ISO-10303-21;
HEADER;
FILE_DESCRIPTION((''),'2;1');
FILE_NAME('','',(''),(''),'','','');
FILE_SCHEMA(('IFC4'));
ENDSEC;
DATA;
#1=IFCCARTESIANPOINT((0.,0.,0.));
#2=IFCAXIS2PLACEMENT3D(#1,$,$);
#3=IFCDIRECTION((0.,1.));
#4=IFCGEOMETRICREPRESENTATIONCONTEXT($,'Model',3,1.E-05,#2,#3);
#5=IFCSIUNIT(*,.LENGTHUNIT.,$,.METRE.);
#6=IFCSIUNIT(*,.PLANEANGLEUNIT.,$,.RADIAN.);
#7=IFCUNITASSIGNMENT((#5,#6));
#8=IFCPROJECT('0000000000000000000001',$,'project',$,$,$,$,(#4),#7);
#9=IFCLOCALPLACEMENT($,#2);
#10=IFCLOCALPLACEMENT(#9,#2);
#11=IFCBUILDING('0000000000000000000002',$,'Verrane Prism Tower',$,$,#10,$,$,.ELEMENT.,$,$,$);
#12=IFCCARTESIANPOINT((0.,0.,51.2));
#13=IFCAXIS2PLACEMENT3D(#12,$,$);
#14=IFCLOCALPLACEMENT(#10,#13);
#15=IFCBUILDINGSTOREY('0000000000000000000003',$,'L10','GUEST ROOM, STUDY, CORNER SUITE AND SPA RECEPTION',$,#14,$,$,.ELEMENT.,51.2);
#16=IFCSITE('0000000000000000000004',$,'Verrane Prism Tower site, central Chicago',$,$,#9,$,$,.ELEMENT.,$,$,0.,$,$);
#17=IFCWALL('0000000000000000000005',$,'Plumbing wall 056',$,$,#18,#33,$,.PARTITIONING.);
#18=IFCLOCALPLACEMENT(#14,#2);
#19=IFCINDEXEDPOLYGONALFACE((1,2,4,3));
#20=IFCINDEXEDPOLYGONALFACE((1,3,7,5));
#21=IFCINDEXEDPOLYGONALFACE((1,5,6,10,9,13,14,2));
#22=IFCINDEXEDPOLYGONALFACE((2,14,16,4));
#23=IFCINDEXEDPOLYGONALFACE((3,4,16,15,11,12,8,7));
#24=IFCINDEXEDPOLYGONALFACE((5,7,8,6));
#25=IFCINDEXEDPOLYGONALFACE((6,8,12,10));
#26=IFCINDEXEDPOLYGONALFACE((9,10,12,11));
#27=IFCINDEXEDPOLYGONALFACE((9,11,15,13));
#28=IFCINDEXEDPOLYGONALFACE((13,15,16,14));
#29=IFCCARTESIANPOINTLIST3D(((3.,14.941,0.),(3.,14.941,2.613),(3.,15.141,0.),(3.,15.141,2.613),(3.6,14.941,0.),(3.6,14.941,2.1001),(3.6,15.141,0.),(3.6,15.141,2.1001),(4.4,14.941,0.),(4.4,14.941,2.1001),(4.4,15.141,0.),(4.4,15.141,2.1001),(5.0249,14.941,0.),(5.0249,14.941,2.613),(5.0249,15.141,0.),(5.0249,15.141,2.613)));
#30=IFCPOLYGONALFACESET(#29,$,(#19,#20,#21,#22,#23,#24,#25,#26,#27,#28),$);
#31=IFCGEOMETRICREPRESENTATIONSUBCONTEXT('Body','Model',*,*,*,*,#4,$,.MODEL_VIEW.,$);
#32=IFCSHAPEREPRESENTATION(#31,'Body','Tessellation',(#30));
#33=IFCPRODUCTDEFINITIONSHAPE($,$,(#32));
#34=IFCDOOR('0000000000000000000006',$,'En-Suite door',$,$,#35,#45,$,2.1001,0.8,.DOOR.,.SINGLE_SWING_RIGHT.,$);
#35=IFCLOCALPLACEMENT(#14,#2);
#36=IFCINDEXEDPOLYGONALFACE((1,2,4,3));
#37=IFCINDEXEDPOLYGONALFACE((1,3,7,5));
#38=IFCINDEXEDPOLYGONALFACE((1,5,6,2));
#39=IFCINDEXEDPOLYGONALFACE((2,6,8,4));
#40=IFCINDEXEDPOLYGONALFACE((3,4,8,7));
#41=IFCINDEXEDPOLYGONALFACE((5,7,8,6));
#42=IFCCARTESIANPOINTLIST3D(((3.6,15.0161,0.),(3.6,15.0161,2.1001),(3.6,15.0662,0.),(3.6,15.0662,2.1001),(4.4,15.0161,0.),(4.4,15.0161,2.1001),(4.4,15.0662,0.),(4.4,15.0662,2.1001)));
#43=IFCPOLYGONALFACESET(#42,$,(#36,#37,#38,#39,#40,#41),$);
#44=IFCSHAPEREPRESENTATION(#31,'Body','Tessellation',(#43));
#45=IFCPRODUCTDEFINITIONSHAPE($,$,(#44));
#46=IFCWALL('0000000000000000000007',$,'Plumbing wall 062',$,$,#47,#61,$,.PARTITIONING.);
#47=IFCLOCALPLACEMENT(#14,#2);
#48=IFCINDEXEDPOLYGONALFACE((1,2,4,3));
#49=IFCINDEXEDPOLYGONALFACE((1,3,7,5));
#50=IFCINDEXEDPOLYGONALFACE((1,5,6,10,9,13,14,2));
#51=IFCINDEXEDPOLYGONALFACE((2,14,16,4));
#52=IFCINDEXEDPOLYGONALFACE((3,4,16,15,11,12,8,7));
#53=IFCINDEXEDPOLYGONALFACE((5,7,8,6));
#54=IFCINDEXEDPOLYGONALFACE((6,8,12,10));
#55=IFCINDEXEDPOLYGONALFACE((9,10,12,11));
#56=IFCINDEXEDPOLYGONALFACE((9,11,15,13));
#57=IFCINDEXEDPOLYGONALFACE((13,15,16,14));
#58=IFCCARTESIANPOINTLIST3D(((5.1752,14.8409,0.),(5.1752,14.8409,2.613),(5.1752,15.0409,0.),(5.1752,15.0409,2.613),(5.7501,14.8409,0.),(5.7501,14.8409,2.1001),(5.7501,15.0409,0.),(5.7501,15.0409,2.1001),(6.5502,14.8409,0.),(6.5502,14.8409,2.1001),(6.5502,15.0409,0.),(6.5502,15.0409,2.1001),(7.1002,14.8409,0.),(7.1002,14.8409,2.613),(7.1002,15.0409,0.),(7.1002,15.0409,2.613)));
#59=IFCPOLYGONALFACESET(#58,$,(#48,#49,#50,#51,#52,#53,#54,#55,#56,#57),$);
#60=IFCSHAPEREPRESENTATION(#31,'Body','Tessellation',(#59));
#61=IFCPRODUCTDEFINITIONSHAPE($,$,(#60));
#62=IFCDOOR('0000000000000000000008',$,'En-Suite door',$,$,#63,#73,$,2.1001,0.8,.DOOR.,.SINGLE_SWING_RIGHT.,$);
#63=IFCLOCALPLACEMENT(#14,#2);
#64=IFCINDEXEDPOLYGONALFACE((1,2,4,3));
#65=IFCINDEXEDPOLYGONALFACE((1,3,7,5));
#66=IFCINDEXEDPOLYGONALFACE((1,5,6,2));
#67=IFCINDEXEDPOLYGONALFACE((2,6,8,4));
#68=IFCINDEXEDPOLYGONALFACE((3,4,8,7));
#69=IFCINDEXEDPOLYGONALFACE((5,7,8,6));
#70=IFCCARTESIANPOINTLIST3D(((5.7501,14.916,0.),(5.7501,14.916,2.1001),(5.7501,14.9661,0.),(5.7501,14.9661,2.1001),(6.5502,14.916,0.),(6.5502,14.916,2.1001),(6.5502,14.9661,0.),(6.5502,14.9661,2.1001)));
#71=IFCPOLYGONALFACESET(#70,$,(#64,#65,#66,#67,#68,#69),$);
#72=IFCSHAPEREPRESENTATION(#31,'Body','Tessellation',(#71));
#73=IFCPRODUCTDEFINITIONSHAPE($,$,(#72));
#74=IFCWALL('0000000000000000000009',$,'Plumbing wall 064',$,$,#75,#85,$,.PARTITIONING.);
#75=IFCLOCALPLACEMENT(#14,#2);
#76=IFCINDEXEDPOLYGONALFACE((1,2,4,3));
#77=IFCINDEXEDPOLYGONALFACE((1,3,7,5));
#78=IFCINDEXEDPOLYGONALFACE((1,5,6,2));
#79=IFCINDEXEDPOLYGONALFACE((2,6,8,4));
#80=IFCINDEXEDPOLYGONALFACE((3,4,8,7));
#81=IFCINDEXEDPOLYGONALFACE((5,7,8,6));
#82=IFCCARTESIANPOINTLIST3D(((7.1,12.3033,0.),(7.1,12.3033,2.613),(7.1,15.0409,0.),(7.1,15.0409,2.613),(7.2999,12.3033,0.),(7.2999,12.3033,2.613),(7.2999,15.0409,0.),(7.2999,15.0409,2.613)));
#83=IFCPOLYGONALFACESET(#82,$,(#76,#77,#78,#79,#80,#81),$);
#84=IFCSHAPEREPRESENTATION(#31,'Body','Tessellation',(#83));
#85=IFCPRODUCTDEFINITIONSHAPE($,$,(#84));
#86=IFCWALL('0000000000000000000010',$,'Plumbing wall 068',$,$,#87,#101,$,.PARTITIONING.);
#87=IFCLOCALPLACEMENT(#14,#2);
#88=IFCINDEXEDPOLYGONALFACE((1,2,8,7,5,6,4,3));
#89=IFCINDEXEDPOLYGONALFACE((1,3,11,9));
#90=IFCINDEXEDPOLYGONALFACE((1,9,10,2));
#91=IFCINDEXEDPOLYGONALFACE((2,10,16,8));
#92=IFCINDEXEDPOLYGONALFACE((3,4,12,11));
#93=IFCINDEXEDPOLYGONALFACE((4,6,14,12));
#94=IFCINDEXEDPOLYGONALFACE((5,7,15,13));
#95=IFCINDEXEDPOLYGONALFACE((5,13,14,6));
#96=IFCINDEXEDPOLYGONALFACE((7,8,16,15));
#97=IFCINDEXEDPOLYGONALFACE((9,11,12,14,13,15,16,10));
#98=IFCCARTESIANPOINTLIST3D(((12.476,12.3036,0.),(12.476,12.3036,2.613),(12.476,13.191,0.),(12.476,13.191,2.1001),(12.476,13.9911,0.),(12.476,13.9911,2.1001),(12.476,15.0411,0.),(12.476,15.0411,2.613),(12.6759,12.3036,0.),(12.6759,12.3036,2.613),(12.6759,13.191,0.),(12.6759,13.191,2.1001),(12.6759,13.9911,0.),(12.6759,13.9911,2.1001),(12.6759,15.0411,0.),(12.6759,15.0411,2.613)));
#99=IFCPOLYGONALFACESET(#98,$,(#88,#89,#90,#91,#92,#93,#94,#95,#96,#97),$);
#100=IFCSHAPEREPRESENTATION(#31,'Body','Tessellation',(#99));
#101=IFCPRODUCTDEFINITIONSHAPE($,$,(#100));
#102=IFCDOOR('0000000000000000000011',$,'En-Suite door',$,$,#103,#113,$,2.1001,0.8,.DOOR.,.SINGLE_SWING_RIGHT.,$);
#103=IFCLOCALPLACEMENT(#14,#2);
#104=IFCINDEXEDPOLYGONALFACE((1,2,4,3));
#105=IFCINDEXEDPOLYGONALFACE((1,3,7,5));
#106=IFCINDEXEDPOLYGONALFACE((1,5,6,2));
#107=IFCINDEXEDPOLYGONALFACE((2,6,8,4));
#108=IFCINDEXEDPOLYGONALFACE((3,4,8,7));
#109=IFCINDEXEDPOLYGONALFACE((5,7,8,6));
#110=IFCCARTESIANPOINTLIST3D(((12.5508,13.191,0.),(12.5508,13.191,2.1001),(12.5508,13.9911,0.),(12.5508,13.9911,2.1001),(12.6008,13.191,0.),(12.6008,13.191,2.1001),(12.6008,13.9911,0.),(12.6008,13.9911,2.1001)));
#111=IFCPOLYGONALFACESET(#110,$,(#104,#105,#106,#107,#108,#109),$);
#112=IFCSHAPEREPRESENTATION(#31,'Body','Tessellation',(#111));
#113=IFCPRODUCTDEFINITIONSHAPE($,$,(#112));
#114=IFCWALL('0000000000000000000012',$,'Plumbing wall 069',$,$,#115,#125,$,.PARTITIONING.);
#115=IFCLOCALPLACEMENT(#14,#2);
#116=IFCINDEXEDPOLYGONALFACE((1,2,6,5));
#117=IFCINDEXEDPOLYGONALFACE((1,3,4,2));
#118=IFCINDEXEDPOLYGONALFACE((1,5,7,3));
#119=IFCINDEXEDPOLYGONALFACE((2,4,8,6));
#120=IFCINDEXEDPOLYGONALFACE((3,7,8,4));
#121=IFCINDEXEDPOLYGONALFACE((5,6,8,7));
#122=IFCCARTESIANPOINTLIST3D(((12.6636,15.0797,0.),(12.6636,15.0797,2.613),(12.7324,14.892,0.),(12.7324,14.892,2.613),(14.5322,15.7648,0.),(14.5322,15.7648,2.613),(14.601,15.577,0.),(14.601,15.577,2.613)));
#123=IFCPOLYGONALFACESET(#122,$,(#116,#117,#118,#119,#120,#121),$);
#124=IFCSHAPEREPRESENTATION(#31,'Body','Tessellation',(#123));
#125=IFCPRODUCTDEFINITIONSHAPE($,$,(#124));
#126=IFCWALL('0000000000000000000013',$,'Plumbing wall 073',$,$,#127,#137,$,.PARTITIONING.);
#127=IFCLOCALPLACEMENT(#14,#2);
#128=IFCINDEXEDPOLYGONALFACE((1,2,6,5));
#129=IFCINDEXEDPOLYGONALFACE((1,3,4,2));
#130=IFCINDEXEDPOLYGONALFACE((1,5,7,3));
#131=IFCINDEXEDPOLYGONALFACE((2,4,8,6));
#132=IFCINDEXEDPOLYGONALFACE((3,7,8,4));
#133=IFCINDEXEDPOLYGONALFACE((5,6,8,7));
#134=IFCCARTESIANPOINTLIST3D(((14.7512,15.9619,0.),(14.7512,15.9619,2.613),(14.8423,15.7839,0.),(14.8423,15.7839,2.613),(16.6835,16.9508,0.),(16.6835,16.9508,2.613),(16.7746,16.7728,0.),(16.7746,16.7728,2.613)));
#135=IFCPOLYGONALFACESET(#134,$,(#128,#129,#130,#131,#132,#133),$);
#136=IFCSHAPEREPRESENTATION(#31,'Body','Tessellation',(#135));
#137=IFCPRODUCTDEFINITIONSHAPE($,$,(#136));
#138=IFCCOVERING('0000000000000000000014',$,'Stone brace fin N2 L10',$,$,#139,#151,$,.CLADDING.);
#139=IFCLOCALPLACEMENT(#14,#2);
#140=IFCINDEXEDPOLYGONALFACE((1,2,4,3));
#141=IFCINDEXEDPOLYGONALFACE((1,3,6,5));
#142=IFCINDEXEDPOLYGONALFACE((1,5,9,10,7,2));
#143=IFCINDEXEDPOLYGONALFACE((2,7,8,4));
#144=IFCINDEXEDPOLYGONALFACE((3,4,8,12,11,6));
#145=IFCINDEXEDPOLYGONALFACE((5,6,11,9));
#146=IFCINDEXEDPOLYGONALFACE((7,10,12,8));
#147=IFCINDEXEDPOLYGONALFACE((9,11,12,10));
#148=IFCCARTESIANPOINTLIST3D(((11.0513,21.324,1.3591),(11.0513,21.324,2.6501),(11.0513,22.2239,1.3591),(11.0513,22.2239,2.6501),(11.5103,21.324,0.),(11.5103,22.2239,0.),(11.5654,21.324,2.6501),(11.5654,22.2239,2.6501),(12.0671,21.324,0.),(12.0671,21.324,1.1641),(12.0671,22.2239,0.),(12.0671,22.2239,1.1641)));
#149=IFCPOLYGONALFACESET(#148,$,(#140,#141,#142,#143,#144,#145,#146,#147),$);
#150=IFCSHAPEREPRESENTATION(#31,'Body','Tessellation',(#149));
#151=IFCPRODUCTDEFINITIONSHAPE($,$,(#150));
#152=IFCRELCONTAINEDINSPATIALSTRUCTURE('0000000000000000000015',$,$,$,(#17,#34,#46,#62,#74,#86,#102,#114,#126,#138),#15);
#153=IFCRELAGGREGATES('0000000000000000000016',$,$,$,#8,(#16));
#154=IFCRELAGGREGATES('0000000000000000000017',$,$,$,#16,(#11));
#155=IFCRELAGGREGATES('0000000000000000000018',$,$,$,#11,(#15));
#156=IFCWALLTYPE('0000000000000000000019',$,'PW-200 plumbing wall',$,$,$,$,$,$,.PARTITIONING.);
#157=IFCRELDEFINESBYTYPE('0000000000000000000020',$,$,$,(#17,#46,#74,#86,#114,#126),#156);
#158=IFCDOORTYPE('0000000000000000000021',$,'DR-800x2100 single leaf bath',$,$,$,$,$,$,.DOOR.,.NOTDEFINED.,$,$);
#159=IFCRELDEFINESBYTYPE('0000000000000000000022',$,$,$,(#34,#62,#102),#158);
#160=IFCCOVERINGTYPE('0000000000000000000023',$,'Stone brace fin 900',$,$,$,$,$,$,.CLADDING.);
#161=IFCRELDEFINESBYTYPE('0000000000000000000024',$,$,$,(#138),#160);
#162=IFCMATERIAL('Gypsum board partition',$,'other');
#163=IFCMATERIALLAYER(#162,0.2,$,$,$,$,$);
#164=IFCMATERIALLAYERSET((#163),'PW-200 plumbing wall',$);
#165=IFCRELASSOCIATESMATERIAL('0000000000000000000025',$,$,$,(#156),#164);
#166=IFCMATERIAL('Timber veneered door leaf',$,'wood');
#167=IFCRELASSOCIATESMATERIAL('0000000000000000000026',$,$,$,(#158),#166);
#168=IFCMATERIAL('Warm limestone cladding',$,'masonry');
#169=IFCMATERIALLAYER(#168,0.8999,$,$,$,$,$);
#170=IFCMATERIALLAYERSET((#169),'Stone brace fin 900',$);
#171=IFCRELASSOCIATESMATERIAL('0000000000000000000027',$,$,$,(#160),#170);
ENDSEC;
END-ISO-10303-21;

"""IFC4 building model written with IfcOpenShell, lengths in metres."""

from ifc_helpers import new_model, si_unit, direction, frame, frame_2d, origin, place, context, subcontext, project, spatial, polyline, rectangle, outline, extrude, material, layer, layer_set, type_object, element, fill, save


model = new_model("IFC4")

# Units and contexts
model_context = context("Model", 3, precision=1e-05, world=origin(), true_north=direction((0.0, 1.0)))
body_context = subcontext(model_context, "Body", "Model", "MODEL_VIEW")
ifc_project = project(units=[si_unit("LENGTHUNIT", "METRE"), si_unit("PLANEANGLEUNIT", "RADIAN")], contexts=[model_context])

# Site, building, storey
site_placement = place(None, origin())
site = spatial("IfcSite", under=ifc_project, at=site_placement, Name="Verrane Prism Tower site, central Chicago", CompositionType="ELEMENT", RefElevation=0.0)
building_placement = place(site_placement, origin())
building = spatial("IfcBuilding", under=site, at=building_placement, Name="Verrane Prism Tower", CompositionType="ELEMENT")
storey_placement = place(building_placement, frame((0.0, 0.0, 51.2)))
storey = spatial("IfcBuildingStorey", under=building, at=storey_placement, Name="L10", Description="GUEST ROOM, STUDY, CORNER SUITE AND SPA RECEPTION", CompositionType="ELEMENT", Elevation=51.2)

# Shared definitions
ifc_material_1 = material(Name="Gypsum board partition", Category="other")
ifc_layer_1 = layer(ifc_material_1, 0.2)
ifc_layer_set_1 = layer_set([ifc_layer_1], Name="PW-200 plumbing wall")
wall_type_1 = type_object("IfcWallType", Name="PW-200 plumbing wall", PredefinedType="PARTITIONING", material=ifc_layer_set_1)

# Walls, openings, doors
wall_1_placement = place(storey_placement, frame((5.0249, 15.041, 0.0), z_axis=(0.0, 0.0, 1.0), x_axis=(-1.0, 0.0, 0.0)))
wall_1 = element("IfcWall", 1, at=wall_1_placement, inside=storey, type_object=wall_type_1, Name="Plumbing wall 056", PredefinedType="PARTITIONING", context=body_context, shape_type="SweptSolid", body=[
    extrude(rectangle(XDim=2.0249, YDim=0.2, at=frame_2d((1.0125, 0.0))), origin(), (0.0, 0.0, 1.0), 2.613),
])
opening_1_placement = place(wall_1_placement, frame((0.625, 0.0, 0.0)))
opening_1 = element("IfcOpeningElement", 2, at=opening_1_placement, cuts=wall_1, PredefinedType="OPENING", context=body_context, shape_type="SweptSolid", body=[
    extrude(rectangle(XDim=0.8, YDim=2.1001, at=frame_2d((0.3999, 1.05))), frame((0.0, 0.1099, 0.0), z_axis=(0.0, -1.0, 0.0), x_axis=(1.0, 0.0, 0.0)), (0.0, 0.0, 1.0), 0.22),
])
ifc_material_2 = material(Name="Timber veneered door leaf", Category="wood")
door_type = type_object("IfcDoorType", Name="DR-800x2100 single leaf bath", OperationType="NOTDEFINED", PredefinedType="DOOR", material=ifc_material_2)
door_1_placement = place(opening_1_placement, origin())
door_1 = element("IfcDoor", 3, at=door_1_placement, inside=storey, type_object=door_type, Name="En-Suite door", OperationType="SINGLE_SWING_RIGHT", OverallHeight=2.1001, OverallWidth=0.8, PredefinedType="DOOR", context=body_context, shape_type="SweptSolid", body=[
    extrude(rectangle(XDim=0.8, YDim=2.1001, at=frame_2d((0.3999, 1.05))), frame((0.0, 0.0249, 0.0), z_axis=(0.0, -1.0, 0.0), x_axis=(1.0, 0.0, 0.0)), (0.0, 0.0, 1.0), 0.05),
])
fill(opening_1, door_1)
wall_2_placement = place(storey_placement, frame((7.1001, 14.9409, 0.0), z_axis=(0.0, 0.0, 1.0), x_axis=(-1.0, 0.0, 0.0)))
wall_2 = element("IfcWall", 4, at=wall_2_placement, inside=storey, type_object=wall_type_1, Name="Plumbing wall 062", PredefinedType="PARTITIONING", context=body_context, shape_type="SweptSolid", body=[
    extrude(rectangle(XDim=1.925, YDim=0.2, at=frame_2d((0.9624, 0.0))), origin(), (0.0, 0.0, 1.0), 2.613),
])
opening_2_placement = place(wall_2_placement, frame((0.55, 0.0, 0.0)))
opening_2 = element("IfcOpeningElement", 5, at=opening_2_placement, cuts=wall_2, PredefinedType="OPENING", context=body_context, shape_type="SweptSolid", body=[
    extrude(rectangle(XDim=0.8, YDim=2.1001, at=frame_2d((0.3999, 1.05))), frame((0.0, 0.1099, 0.0), z_axis=(0.0, -1.0, 0.0), x_axis=(1.0, 0.0, 0.0)), (0.0, 0.0, 1.0), 0.22),
])
door_2_placement = place(opening_2_placement, origin())
door_2 = element("IfcDoor", 6, at=door_2_placement, inside=storey, type_object=door_type, Name="En-Suite door", OperationType="SINGLE_SWING_RIGHT", OverallHeight=2.1001, OverallWidth=0.8, PredefinedType="DOOR", context=body_context, shape_type="SweptSolid", body=[
    extrude(rectangle(XDim=0.8, YDim=2.1001, at=frame_2d((0.3999, 1.05))), frame((0.0, 0.0249, 0.0), z_axis=(0.0, -1.0, 0.0), x_axis=(1.0, 0.0, 0.0)), (0.0, 0.0, 1.0), 0.05),
])
fill(opening_2, door_2)

# Wall
wall_3_placement = place(storey_placement, frame((7.2, 12.3035, 0.0), z_axis=(0.0, 0.0, 1.0), x_axis=(0.0, 1.0, 0.0)))
element("IfcWall", 7, at=wall_3_placement, inside=storey, type_object=wall_type_1, Name="Plumbing wall 064", PredefinedType="PARTITIONING", context=body_context, shape_type="SweptSolid", body=[
    extrude(rectangle(XDim=2.7375, YDim=0.2, at=frame_2d((1.3687, 0.0))), origin(), (0.0, 0.0, 1.0), 2.613),
])

# Wall, opening, door
wall_4_placement = place(storey_placement, frame((12.5759, 15.041, 0.0), z_axis=(0.0, 0.0, 1.0), x_axis=(0.0, -1.0, 0.0)))
wall_4 = element("IfcWall", 8, at=wall_4_placement, inside=storey, type_object=wall_type_1, Name="Plumbing wall 068", PredefinedType="PARTITIONING", context=body_context, shape_type="SweptSolid", body=[
    extrude(rectangle(XDim=2.7375, YDim=0.2, at=frame_2d((1.3687, 0.0))), origin(), (0.0, 0.0, 1.0), 2.613),
])
opening_3_placement = place(wall_4_placement, frame((1.05, 0.0, 0.0)))
opening_3 = element("IfcOpeningElement", 9, at=opening_3_placement, cuts=wall_4, PredefinedType="OPENING", context=body_context, shape_type="SweptSolid", body=[
    extrude(rectangle(XDim=0.8, YDim=2.1001, at=frame_2d((0.3999, 1.05))), frame((0.0, 0.1099, 0.0), z_axis=(0.0, -1.0, 0.0), x_axis=(1.0, 0.0, 0.0)), (0.0, 0.0, 1.0), 0.22),
])
door_3_placement = place(opening_3_placement, origin())
door_3 = element("IfcDoor", 10, at=door_3_placement, inside=storey, type_object=door_type, Name="En-Suite door", OperationType="SINGLE_SWING_RIGHT", OverallHeight=2.1001, OverallWidth=0.8, PredefinedType="DOOR", context=body_context, shape_type="SweptSolid", body=[
    extrude(rectangle(XDim=0.8, YDim=2.1001, at=frame_2d((0.3999, 1.05))), frame((0.0, 0.0249, 0.0), z_axis=(0.0, -1.0, 0.0), x_axis=(1.0, 0.0, 0.0)), (0.0, 0.0, 1.0), 0.05),
])
fill(opening_3, door_3)

# Walls
wall_5_placement = place(storey_placement, frame((12.698, 14.9858, 0.0), z_axis=(0.0, 0.0, 1.0), x_axis=(0.938895, 0.344204, 0.0)))
element("IfcWall", 11, at=wall_5_placement, inside=storey, type_object=wall_type_1, Name="Plumbing wall 069", PredefinedType="PARTITIONING", context=body_context, shape_type="SweptSolid", body=[
    extrude(rectangle(XDim=1.9902, YDim=0.2, at=frame_2d((0.9951, 0.0))), origin(), (0.0, 0.0, 1.0), 2.613),
])
wall_6_placement = place(storey_placement, frame((14.7966, 15.8728, 0.0), z_axis=(0.0, 0.0, 1.0), x_axis=(0.890181, 0.455606, 0.0)))
element("IfcWall", 12, at=wall_6_placement, inside=storey, type_object=wall_type_1, Name="Plumbing wall 073", PredefinedType="PARTITIONING", context=body_context, shape_type="SweptSolid", body=[
    extrude(rectangle(XDim=2.1707, YDim=0.2, at=frame_2d((1.0854, 0.0))), origin(), (0.0, 0.0, 1.0), 2.613),
])

# Covering
ifc_material_3 = material(Name="Warm limestone cladding", Category="masonry")
ifc_layer_2 = layer(ifc_material_3, 0.8999)
ifc_layer_set_2 = layer_set([ifc_layer_2], Name="Stone brace fin 900")
covering_type = type_object("IfcCoveringType", Name="Stone brace fin 900", PredefinedType="CLADDING", material=ifc_layer_set_2)
covering_placement = place(storey_placement, frame((12.0671, 21.7739, 0.0), z_axis=(0.0, 0.0, 1.0), x_axis=(-1.0, 0.0, 0.0)))
element("IfcCovering", 13, at=covering_placement, inside=storey, type_object=covering_type, Name="Stone brace fin N2 L10", PredefinedType="CLADDING", context=body_context, shape_type="SweptSolid", body=[
    extrude(outline(polyline([(1.0159, 2.6501), (0.5017, 2.6501), (0.0, 1.1641), (0.0, 0.0), (0.5569, 0.0), (1.0159, 1.3591), (1.0159, 2.6501)])), frame((0.0, 0.45, 0.0), z_axis=(0.0, -1.0, 0.0), x_axis=(1.0, 0.0, 0.0)), (0.0, 0.0, 1.0), 0.8999),
])

save(model, "model.ifc")
